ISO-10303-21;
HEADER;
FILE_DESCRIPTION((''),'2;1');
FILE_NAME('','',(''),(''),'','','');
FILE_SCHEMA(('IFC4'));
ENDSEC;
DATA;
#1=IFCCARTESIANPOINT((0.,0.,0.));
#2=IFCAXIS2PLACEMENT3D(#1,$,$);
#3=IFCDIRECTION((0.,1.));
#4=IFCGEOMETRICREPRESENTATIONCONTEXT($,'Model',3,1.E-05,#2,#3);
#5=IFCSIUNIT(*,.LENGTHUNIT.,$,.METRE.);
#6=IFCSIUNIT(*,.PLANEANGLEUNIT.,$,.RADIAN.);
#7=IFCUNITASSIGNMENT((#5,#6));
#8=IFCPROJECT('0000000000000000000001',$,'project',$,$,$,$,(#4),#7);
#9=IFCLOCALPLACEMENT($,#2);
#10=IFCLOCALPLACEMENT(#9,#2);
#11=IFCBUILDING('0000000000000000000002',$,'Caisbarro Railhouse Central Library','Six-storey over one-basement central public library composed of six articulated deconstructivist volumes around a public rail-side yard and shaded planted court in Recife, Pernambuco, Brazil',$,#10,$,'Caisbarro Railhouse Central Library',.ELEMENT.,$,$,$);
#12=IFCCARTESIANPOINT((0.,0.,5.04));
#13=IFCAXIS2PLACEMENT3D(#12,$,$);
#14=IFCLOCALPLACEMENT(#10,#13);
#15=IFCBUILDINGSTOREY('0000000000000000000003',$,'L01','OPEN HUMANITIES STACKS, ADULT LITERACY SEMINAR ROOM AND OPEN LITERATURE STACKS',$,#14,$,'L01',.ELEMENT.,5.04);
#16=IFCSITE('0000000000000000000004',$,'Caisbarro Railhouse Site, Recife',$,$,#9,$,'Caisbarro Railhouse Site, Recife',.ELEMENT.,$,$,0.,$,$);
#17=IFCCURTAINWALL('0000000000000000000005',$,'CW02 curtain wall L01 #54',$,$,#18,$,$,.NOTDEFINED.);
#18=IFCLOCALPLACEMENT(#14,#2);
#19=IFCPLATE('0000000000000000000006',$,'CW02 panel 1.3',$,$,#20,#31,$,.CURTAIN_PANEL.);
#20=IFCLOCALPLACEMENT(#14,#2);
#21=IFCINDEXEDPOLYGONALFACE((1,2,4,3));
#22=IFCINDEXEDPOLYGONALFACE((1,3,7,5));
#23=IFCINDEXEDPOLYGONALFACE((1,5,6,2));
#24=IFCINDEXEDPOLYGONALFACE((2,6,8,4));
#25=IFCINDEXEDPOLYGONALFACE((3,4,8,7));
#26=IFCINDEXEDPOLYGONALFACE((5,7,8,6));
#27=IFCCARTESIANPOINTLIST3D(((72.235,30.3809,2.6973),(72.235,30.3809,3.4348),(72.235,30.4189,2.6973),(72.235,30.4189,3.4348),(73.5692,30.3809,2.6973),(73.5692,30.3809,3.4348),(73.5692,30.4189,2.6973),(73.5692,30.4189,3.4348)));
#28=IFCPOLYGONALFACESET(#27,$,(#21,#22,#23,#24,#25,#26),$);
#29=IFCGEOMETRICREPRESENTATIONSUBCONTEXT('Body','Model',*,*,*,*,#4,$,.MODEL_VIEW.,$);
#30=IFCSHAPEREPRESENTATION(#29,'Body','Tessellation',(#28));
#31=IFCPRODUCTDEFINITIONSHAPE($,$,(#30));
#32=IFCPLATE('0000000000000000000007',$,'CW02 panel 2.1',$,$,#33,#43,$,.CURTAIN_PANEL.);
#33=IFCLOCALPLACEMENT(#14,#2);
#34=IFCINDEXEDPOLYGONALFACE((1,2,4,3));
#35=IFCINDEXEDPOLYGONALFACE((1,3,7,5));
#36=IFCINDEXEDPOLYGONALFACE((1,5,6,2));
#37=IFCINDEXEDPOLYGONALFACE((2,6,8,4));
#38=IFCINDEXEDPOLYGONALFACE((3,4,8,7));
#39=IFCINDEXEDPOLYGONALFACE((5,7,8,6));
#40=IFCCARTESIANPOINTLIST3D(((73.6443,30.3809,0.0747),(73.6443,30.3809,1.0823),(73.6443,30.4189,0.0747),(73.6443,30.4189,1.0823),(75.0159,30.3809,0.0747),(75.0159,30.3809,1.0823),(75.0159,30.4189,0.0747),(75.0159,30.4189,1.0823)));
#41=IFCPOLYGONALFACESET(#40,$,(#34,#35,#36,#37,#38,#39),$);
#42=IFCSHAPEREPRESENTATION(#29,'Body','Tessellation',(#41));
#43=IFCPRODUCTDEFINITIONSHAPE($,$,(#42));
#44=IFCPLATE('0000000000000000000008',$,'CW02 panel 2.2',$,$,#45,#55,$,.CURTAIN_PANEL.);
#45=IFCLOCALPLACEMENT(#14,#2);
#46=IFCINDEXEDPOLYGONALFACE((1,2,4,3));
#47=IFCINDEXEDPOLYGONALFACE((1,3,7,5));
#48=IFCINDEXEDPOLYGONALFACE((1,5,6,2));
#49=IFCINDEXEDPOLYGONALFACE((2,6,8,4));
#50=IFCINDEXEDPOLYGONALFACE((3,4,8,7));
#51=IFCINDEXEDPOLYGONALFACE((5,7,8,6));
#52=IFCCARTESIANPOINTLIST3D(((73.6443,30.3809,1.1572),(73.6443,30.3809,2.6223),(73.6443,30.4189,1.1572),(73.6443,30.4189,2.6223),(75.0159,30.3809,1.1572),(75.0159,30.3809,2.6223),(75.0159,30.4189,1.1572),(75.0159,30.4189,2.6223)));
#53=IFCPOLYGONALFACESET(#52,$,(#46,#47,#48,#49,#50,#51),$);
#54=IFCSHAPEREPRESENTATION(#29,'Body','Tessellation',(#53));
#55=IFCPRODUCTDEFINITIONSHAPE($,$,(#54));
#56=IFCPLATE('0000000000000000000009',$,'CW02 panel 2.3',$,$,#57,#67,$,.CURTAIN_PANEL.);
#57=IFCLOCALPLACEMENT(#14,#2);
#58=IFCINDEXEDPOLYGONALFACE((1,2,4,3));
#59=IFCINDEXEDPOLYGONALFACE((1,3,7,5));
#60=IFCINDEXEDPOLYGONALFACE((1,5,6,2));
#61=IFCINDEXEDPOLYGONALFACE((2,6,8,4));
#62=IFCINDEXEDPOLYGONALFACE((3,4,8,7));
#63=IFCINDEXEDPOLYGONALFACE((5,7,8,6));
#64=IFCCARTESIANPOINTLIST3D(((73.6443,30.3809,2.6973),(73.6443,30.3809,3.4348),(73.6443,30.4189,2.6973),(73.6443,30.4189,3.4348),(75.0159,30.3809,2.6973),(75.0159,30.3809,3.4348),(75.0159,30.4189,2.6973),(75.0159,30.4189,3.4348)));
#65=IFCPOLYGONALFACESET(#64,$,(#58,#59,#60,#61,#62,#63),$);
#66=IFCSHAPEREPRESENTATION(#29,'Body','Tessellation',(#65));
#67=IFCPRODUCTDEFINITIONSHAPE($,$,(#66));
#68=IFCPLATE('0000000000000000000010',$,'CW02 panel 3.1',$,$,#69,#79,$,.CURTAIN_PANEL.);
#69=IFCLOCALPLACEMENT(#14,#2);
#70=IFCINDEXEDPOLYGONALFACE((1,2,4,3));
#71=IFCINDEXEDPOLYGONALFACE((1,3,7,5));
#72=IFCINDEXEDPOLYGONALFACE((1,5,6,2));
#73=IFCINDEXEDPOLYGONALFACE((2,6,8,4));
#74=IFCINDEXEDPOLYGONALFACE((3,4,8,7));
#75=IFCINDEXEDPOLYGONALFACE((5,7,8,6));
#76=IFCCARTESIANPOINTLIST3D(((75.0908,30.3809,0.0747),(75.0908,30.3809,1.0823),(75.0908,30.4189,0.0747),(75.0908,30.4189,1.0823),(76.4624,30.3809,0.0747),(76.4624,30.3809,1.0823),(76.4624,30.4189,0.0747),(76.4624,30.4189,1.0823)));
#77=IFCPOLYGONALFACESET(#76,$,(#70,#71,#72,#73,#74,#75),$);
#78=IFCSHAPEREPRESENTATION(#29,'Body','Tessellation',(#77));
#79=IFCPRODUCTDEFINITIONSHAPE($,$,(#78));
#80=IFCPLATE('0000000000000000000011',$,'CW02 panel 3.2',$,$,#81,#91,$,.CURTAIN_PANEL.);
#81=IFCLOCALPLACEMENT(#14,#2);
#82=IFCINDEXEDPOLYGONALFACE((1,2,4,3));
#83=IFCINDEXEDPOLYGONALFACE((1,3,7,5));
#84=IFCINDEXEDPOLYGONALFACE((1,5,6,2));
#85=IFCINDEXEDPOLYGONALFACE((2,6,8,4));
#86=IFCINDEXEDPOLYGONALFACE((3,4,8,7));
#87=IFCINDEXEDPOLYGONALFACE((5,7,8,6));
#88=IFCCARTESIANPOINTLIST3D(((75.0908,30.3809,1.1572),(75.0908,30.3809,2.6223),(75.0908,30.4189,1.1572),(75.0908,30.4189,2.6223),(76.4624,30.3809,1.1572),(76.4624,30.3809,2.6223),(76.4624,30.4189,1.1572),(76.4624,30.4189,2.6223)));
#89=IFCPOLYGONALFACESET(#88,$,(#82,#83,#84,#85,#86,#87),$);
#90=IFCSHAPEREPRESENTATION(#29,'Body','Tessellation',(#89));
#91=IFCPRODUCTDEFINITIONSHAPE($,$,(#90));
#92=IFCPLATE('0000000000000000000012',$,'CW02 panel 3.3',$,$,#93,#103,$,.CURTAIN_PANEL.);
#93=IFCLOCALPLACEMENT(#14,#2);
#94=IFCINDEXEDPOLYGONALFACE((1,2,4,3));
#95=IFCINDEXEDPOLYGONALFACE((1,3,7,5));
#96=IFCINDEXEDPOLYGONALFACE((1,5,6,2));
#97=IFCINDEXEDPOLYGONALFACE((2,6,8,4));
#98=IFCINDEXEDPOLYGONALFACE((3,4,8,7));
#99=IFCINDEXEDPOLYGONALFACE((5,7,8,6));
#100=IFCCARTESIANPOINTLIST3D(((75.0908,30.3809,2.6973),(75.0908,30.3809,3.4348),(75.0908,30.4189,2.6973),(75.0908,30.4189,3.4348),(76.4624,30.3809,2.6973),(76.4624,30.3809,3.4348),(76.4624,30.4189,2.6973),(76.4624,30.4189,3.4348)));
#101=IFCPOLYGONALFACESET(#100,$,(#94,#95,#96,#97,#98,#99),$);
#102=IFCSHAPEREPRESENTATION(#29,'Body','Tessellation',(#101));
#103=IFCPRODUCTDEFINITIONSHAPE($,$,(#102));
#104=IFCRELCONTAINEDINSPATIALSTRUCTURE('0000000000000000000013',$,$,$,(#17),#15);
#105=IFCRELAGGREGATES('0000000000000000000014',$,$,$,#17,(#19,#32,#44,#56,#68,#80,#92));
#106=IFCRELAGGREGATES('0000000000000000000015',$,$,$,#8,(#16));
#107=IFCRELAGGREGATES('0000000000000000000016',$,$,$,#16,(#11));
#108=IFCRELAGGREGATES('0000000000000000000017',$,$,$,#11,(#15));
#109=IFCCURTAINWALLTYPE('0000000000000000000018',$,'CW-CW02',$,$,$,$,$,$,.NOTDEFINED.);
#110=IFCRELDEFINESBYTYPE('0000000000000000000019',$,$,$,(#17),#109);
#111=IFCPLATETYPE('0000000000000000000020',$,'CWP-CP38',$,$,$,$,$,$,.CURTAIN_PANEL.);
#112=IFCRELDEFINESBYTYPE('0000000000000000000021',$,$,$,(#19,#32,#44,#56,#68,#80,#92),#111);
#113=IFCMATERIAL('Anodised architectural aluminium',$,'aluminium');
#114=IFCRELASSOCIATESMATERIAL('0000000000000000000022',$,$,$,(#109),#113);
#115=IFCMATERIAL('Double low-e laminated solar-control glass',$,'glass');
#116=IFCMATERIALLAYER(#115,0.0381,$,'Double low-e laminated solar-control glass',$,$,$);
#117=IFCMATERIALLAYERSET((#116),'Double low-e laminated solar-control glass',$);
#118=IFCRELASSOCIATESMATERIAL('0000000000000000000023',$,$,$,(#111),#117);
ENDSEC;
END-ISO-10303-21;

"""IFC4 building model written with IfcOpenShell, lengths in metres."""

from ifc_helpers import new_model, si_unit, direction, frame, origin, origin_2d, place, context, subcontext, project, spatial, rectangle, extrude, material, layer, layer_set, type_object, element, aggregate, save


model = new_model("IFC4")

# Units and contexts
model_context = context("Model", 3, precision=1e-05, world=origin(), true_north=direction((0.0, 1.0)))
body_context = subcontext(model_context, "Body", "Model", "MODEL_VIEW")
ifc_project = project(units=[si_unit("LENGTHUNIT", "METRE"), si_unit("PLANEANGLEUNIT", "RADIAN")], contexts=[model_context])

# Site, building, storey
site_placement = place(None, origin())
site = spatial("IfcSite", under=ifc_project, at=site_placement, Name="Caisbarro Railhouse Site, Recife", LongName="Caisbarro Railhouse Site, Recife", CompositionType="ELEMENT", RefElevation=0.0)
building_placement = place(site_placement, origin())
building = spatial("IfcBuilding", under=site, at=building_placement, Name="Caisbarro Railhouse Central Library", Description="Six-storey over one-basement central public library composed of six articulated deconstructivist volumes around a public rail-side yard and shaded planted court in Recife, Pernambuco, Brazil", LongName="Caisbarro Railhouse Central Library", CompositionType="ELEMENT")
storey_placement = place(building_placement, frame((0.0, 0.0, 5.04)))
storey = spatial("IfcBuildingStorey", under=building, at=storey_placement, Name="L01", Description="OPEN HUMANITIES STACKS, ADULT LITERACY SEMINAR ROOM AND OPEN LITERATURE STACKS", LongName="L01", CompositionType="ELEMENT", Elevation=5.04)

# Curtain wall, plates
ifc_material_1 = material(Name="Anodised architectural aluminium", Category="aluminium")
curtain_wall_type = type_object("IfcCurtainWallType", Name="CW-CW02", PredefinedType="NOTDEFINED", material=ifc_material_1)
curtain_wall_placement = place(storey_placement, origin())
curtain_wall = element("IfcCurtainWall", 1, at=curtain_wall_placement, inside=storey, type_object=curtain_wall_type, Name="CW02 curtain wall L01 #54", PredefinedType="NOTDEFINED")
ifc_material_2 = material(Name="Double low-e laminated solar-control glass", Category="glass")
ifc_layer = layer(ifc_material_2, 0.0381, Name="Double low-e laminated solar-control glass")
ifc_layer_set = layer_set([ifc_layer], Name="Double low-e laminated solar-control glass")
plate_type = type_object("IfcPlateType", Name="CWP-CP38", PredefinedType="CURTAIN_PANEL", material=ifc_layer_set)
plate_1_placement = place(storey_placement, frame((72.9021, 30.3999, 2.6973), z_axis=(0.0, 0.0, 1.0), x_axis=(1.0, 0.0, 0.0)))
plate_1 = element("IfcPlate", 2, at=plate_1_placement, type_object=plate_type, Name="CW02 panel 1.3", PredefinedType="CURTAIN_PANEL", context=body_context, shape_type="SweptSolid", body=[
    extrude(rectangle(XDim=1.3342, YDim=0.0381, at=origin_2d()), origin(), (0.0, 0.0, 1.0), 0.7375),
])
plate_2_placement = place(storey_placement, frame((74.3301, 30.3999, 0.0747), z_axis=(0.0, 0.0, 1.0), x_axis=(1.0, 0.0, 0.0)))
plate_2 = element("IfcPlate", 3, at=plate_2_placement, type_object=plate_type, Name="CW02 panel 2.1", PredefinedType="CURTAIN_PANEL", context=body_context, shape_type="SweptSolid", body=[
    extrude(rectangle(XDim=1.3716, YDim=0.0381, at=origin_2d()), origin(), (0.0, 0.0, 1.0), 1.0076),
])
plate_3_placement = place(storey_placement, frame((74.3301, 30.3999, 1.1572), z_axis=(0.0, 0.0, 1.0), x_axis=(1.0, 0.0, 0.0)))
plate_3 = element("IfcPlate", 4, at=plate_3_placement, type_object=plate_type, Name="CW02 panel 2.2", PredefinedType="CURTAIN_PANEL", context=body_context, shape_type="SweptSolid", body=[
    extrude(rectangle(XDim=1.3716, YDim=0.0381, at=origin_2d()), origin(), (0.0, 0.0, 1.0), 1.4651),
])
plate_4_placement = place(storey_placement, frame((74.3301, 30.3999, 2.6973), z_axis=(0.0, 0.0, 1.0), x_axis=(1.0, 0.0, 0.0)))
plate_4 = element("IfcPlate", 5, at=plate_4_placement, type_object=plate_type, Name="CW02 panel 2.3", PredefinedType="CURTAIN_PANEL", context=body_context, shape_type="SweptSolid", body=[
    extrude(rectangle(XDim=1.3716, YDim=0.0381, at=origin_2d()), origin(), (0.0, 0.0, 1.0), 0.7375),
])
plate_5_placement = place(storey_placement, frame((75.7766, 30.3999, 0.0747), z_axis=(0.0, 0.0, 1.0), x_axis=(1.0, 0.0, 0.0)))
plate_5 = element("IfcPlate", 6, at=plate_5_placement, type_object=plate_type, Name="CW02 panel 3.1", PredefinedType="CURTAIN_PANEL", context=body_context, shape_type="SweptSolid", body=[
    extrude(rectangle(XDim=1.3716, YDim=0.0381, at=origin_2d()), origin(), (0.0, 0.0, 1.0), 1.0076),
])
plate_6_placement = place(storey_placement, frame((75.7766, 30.3999, 1.1572), z_axis=(0.0, 0.0, 1.0), x_axis=(1.0, 0.0, 0.0)))
plate_6 = element("IfcPlate", 7, at=plate_6_placement, type_object=plate_type, Name="CW02 panel 3.2", PredefinedType="CURTAIN_PANEL", context=body_context, shape_type="SweptSolid", body=[
    extrude(rectangle(XDim=1.3716, YDim=0.0381, at=origin_2d()), origin(), (0.0, 0.0, 1.0), 1.4651),
])
plate_7_placement = place(storey_placement, frame((75.7766, 30.3999, 2.6973), z_axis=(0.0, 0.0, 1.0), x_axis=(1.0, 0.0, 0.0)))
plate_7 = element("IfcPlate", 8, at=plate_7_placement, type_object=plate_type, Name="CW02 panel 3.3", PredefinedType="CURTAIN_PANEL", context=body_context, shape_type="SweptSolid", body=[
    extrude(rectangle(XDim=1.3716, YDim=0.0381, at=origin_2d()), origin(), (0.0, 0.0, 1.0), 0.7375),
])
aggregate(curtain_wall, [plate_1, plate_2, plate_3, plate_4, plate_5, plate_6, plate_7])

save(model, "model.ifc")
